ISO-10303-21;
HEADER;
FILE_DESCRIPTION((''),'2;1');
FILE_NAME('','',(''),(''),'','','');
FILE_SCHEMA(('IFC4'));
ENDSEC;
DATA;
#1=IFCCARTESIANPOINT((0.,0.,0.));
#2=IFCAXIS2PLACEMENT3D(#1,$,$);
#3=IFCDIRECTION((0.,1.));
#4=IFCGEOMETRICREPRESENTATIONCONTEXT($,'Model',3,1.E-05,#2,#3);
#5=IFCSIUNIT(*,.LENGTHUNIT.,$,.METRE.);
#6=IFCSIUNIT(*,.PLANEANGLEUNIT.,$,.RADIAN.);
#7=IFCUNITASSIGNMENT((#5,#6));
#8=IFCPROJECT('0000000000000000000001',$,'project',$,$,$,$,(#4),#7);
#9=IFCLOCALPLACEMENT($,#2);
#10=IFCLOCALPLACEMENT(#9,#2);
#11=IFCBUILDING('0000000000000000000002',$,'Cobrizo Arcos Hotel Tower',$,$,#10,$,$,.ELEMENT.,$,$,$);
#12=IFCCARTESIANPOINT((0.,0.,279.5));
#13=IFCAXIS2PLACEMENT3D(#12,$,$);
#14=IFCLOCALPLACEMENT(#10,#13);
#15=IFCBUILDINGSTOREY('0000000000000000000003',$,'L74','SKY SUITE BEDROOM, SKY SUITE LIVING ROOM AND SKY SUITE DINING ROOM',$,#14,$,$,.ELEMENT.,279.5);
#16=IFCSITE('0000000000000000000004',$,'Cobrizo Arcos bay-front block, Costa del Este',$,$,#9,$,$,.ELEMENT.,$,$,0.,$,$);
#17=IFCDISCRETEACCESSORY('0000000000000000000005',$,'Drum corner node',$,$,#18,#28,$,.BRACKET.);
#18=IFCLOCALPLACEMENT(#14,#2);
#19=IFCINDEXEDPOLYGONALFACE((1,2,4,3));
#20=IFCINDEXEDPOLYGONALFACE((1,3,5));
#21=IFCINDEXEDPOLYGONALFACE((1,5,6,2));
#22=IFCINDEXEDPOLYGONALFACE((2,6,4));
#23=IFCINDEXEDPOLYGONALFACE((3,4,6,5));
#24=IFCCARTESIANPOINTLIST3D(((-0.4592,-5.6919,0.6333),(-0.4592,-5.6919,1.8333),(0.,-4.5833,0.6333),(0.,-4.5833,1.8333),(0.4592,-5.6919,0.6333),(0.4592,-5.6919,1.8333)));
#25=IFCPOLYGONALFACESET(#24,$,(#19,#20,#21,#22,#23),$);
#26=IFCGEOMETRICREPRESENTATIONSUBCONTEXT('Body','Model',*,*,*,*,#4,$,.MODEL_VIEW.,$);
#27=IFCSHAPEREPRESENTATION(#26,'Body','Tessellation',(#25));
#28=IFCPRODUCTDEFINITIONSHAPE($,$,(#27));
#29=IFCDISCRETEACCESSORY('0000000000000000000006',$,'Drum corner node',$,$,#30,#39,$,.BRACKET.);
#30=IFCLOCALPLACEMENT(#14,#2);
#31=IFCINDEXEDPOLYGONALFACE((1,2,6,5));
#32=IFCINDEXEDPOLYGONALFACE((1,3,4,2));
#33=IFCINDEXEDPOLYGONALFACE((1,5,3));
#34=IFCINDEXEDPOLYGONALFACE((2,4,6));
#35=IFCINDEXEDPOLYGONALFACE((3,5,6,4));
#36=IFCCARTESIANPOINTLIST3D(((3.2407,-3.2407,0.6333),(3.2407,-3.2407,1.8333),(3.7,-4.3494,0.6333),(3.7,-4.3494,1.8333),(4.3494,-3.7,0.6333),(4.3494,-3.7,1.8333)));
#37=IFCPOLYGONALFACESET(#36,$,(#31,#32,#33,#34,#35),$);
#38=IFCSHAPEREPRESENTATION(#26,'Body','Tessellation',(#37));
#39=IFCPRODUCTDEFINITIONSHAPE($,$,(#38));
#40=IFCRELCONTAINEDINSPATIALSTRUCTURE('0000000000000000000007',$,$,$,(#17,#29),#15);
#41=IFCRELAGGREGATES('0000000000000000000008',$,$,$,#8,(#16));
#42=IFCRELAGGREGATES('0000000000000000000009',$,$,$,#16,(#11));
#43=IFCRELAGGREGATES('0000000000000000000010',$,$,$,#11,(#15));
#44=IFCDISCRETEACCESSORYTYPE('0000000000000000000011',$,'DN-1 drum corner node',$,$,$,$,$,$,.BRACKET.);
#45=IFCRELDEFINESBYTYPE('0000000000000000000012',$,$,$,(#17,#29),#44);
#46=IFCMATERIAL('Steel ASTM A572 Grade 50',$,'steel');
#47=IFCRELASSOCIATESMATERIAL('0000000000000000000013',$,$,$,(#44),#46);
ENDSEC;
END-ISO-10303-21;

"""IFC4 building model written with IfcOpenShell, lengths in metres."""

from ifc_helpers import new_model, si_unit, direction, frame, origin, place, context, subcontext, project, spatial, polyline, outline, extrude, material, type_object, element, save


model = new_model("IFC4")

# Units and contexts
model_context = context("Model", 3, precision=1e-05, world=origin(), true_north=direction((0.0, 1.0)))
body_context = subcontext(model_context, "Body", "Model", "MODEL_VIEW")
ifc_project = project(units=[si_unit("LENGTHUNIT", "METRE"), si_unit("PLANEANGLEUNIT", "RADIAN")], contexts=[model_context])

# Site, building, storey
site_placement = place(None, origin())
site = spatial("IfcSite", under=ifc_project, at=site_placement, Name="Cobrizo Arcos bay-front block, Costa del Este", CompositionType="ELEMENT", RefElevation=0.0)
building_placement = place(site_placement, origin())
building = spatial("IfcBuilding", under=site, at=building_placement, Name="Cobrizo Arcos Hotel Tower", CompositionType="ELEMENT")
storey_placement = place(building_placement, frame((0.0, 0.0, 279.5)))
storey = spatial("IfcBuildingStorey", under=building, at=storey_placement, Name="L74", Description="SKY SUITE BEDROOM, SKY SUITE LIVING ROOM AND SKY SUITE DINING ROOM", CompositionType="ELEMENT", Elevation=279.5)

# Shared definitions
ifc_material_1 = material(Name="Steel ASTM A572 Grade 50", Category="steel")

# Discrete accessories
discrete_accessory_type = type_object("IfcDiscreteAccessoryType", Name="DN-1 drum corner node", PredefinedType="BRACKET", material=ifc_material_1)
discrete_accessory_1_placement = place(storey_placement, frame((0.0, 0.0, 0.6333)))
element("IfcDiscreteAccessory", 1, at=discrete_accessory_1_placement, inside=storey, type_object=discrete_accessory_type, Name="Drum corner node", PredefinedType="BRACKET", context=body_context, shape_type="SweptSolid", body=[
    extrude(outline(polyline([(-0.4592, -5.6919), (0.0, -4.5833), (0.0, -4.5833), (0.4592, -5.6919), (-0.4592, -5.6919)])), origin(), (0.0, 0.0, 1.0), 1.2),
])
discrete_accessory_2_placement = place(storey_placement, frame((0.0, 0.0, 0.6333)))
element("IfcDiscreteAccessory", 2, at=discrete_accessory_2_placement, inside=storey, type_object=discrete_accessory_type, Name="Drum corner node", PredefinedType="BRACKET", context=body_context, shape_type="SweptSolid", body=[
    extrude(outline(polyline([(3.7, -4.3494), (3.2407, -3.2407), (3.2407, -3.2407), (4.3494, -3.7), (3.7, -4.3494)])), origin(), (0.0, 0.0, 1.0), 1.2),
])

save(model, "model.ifc")
